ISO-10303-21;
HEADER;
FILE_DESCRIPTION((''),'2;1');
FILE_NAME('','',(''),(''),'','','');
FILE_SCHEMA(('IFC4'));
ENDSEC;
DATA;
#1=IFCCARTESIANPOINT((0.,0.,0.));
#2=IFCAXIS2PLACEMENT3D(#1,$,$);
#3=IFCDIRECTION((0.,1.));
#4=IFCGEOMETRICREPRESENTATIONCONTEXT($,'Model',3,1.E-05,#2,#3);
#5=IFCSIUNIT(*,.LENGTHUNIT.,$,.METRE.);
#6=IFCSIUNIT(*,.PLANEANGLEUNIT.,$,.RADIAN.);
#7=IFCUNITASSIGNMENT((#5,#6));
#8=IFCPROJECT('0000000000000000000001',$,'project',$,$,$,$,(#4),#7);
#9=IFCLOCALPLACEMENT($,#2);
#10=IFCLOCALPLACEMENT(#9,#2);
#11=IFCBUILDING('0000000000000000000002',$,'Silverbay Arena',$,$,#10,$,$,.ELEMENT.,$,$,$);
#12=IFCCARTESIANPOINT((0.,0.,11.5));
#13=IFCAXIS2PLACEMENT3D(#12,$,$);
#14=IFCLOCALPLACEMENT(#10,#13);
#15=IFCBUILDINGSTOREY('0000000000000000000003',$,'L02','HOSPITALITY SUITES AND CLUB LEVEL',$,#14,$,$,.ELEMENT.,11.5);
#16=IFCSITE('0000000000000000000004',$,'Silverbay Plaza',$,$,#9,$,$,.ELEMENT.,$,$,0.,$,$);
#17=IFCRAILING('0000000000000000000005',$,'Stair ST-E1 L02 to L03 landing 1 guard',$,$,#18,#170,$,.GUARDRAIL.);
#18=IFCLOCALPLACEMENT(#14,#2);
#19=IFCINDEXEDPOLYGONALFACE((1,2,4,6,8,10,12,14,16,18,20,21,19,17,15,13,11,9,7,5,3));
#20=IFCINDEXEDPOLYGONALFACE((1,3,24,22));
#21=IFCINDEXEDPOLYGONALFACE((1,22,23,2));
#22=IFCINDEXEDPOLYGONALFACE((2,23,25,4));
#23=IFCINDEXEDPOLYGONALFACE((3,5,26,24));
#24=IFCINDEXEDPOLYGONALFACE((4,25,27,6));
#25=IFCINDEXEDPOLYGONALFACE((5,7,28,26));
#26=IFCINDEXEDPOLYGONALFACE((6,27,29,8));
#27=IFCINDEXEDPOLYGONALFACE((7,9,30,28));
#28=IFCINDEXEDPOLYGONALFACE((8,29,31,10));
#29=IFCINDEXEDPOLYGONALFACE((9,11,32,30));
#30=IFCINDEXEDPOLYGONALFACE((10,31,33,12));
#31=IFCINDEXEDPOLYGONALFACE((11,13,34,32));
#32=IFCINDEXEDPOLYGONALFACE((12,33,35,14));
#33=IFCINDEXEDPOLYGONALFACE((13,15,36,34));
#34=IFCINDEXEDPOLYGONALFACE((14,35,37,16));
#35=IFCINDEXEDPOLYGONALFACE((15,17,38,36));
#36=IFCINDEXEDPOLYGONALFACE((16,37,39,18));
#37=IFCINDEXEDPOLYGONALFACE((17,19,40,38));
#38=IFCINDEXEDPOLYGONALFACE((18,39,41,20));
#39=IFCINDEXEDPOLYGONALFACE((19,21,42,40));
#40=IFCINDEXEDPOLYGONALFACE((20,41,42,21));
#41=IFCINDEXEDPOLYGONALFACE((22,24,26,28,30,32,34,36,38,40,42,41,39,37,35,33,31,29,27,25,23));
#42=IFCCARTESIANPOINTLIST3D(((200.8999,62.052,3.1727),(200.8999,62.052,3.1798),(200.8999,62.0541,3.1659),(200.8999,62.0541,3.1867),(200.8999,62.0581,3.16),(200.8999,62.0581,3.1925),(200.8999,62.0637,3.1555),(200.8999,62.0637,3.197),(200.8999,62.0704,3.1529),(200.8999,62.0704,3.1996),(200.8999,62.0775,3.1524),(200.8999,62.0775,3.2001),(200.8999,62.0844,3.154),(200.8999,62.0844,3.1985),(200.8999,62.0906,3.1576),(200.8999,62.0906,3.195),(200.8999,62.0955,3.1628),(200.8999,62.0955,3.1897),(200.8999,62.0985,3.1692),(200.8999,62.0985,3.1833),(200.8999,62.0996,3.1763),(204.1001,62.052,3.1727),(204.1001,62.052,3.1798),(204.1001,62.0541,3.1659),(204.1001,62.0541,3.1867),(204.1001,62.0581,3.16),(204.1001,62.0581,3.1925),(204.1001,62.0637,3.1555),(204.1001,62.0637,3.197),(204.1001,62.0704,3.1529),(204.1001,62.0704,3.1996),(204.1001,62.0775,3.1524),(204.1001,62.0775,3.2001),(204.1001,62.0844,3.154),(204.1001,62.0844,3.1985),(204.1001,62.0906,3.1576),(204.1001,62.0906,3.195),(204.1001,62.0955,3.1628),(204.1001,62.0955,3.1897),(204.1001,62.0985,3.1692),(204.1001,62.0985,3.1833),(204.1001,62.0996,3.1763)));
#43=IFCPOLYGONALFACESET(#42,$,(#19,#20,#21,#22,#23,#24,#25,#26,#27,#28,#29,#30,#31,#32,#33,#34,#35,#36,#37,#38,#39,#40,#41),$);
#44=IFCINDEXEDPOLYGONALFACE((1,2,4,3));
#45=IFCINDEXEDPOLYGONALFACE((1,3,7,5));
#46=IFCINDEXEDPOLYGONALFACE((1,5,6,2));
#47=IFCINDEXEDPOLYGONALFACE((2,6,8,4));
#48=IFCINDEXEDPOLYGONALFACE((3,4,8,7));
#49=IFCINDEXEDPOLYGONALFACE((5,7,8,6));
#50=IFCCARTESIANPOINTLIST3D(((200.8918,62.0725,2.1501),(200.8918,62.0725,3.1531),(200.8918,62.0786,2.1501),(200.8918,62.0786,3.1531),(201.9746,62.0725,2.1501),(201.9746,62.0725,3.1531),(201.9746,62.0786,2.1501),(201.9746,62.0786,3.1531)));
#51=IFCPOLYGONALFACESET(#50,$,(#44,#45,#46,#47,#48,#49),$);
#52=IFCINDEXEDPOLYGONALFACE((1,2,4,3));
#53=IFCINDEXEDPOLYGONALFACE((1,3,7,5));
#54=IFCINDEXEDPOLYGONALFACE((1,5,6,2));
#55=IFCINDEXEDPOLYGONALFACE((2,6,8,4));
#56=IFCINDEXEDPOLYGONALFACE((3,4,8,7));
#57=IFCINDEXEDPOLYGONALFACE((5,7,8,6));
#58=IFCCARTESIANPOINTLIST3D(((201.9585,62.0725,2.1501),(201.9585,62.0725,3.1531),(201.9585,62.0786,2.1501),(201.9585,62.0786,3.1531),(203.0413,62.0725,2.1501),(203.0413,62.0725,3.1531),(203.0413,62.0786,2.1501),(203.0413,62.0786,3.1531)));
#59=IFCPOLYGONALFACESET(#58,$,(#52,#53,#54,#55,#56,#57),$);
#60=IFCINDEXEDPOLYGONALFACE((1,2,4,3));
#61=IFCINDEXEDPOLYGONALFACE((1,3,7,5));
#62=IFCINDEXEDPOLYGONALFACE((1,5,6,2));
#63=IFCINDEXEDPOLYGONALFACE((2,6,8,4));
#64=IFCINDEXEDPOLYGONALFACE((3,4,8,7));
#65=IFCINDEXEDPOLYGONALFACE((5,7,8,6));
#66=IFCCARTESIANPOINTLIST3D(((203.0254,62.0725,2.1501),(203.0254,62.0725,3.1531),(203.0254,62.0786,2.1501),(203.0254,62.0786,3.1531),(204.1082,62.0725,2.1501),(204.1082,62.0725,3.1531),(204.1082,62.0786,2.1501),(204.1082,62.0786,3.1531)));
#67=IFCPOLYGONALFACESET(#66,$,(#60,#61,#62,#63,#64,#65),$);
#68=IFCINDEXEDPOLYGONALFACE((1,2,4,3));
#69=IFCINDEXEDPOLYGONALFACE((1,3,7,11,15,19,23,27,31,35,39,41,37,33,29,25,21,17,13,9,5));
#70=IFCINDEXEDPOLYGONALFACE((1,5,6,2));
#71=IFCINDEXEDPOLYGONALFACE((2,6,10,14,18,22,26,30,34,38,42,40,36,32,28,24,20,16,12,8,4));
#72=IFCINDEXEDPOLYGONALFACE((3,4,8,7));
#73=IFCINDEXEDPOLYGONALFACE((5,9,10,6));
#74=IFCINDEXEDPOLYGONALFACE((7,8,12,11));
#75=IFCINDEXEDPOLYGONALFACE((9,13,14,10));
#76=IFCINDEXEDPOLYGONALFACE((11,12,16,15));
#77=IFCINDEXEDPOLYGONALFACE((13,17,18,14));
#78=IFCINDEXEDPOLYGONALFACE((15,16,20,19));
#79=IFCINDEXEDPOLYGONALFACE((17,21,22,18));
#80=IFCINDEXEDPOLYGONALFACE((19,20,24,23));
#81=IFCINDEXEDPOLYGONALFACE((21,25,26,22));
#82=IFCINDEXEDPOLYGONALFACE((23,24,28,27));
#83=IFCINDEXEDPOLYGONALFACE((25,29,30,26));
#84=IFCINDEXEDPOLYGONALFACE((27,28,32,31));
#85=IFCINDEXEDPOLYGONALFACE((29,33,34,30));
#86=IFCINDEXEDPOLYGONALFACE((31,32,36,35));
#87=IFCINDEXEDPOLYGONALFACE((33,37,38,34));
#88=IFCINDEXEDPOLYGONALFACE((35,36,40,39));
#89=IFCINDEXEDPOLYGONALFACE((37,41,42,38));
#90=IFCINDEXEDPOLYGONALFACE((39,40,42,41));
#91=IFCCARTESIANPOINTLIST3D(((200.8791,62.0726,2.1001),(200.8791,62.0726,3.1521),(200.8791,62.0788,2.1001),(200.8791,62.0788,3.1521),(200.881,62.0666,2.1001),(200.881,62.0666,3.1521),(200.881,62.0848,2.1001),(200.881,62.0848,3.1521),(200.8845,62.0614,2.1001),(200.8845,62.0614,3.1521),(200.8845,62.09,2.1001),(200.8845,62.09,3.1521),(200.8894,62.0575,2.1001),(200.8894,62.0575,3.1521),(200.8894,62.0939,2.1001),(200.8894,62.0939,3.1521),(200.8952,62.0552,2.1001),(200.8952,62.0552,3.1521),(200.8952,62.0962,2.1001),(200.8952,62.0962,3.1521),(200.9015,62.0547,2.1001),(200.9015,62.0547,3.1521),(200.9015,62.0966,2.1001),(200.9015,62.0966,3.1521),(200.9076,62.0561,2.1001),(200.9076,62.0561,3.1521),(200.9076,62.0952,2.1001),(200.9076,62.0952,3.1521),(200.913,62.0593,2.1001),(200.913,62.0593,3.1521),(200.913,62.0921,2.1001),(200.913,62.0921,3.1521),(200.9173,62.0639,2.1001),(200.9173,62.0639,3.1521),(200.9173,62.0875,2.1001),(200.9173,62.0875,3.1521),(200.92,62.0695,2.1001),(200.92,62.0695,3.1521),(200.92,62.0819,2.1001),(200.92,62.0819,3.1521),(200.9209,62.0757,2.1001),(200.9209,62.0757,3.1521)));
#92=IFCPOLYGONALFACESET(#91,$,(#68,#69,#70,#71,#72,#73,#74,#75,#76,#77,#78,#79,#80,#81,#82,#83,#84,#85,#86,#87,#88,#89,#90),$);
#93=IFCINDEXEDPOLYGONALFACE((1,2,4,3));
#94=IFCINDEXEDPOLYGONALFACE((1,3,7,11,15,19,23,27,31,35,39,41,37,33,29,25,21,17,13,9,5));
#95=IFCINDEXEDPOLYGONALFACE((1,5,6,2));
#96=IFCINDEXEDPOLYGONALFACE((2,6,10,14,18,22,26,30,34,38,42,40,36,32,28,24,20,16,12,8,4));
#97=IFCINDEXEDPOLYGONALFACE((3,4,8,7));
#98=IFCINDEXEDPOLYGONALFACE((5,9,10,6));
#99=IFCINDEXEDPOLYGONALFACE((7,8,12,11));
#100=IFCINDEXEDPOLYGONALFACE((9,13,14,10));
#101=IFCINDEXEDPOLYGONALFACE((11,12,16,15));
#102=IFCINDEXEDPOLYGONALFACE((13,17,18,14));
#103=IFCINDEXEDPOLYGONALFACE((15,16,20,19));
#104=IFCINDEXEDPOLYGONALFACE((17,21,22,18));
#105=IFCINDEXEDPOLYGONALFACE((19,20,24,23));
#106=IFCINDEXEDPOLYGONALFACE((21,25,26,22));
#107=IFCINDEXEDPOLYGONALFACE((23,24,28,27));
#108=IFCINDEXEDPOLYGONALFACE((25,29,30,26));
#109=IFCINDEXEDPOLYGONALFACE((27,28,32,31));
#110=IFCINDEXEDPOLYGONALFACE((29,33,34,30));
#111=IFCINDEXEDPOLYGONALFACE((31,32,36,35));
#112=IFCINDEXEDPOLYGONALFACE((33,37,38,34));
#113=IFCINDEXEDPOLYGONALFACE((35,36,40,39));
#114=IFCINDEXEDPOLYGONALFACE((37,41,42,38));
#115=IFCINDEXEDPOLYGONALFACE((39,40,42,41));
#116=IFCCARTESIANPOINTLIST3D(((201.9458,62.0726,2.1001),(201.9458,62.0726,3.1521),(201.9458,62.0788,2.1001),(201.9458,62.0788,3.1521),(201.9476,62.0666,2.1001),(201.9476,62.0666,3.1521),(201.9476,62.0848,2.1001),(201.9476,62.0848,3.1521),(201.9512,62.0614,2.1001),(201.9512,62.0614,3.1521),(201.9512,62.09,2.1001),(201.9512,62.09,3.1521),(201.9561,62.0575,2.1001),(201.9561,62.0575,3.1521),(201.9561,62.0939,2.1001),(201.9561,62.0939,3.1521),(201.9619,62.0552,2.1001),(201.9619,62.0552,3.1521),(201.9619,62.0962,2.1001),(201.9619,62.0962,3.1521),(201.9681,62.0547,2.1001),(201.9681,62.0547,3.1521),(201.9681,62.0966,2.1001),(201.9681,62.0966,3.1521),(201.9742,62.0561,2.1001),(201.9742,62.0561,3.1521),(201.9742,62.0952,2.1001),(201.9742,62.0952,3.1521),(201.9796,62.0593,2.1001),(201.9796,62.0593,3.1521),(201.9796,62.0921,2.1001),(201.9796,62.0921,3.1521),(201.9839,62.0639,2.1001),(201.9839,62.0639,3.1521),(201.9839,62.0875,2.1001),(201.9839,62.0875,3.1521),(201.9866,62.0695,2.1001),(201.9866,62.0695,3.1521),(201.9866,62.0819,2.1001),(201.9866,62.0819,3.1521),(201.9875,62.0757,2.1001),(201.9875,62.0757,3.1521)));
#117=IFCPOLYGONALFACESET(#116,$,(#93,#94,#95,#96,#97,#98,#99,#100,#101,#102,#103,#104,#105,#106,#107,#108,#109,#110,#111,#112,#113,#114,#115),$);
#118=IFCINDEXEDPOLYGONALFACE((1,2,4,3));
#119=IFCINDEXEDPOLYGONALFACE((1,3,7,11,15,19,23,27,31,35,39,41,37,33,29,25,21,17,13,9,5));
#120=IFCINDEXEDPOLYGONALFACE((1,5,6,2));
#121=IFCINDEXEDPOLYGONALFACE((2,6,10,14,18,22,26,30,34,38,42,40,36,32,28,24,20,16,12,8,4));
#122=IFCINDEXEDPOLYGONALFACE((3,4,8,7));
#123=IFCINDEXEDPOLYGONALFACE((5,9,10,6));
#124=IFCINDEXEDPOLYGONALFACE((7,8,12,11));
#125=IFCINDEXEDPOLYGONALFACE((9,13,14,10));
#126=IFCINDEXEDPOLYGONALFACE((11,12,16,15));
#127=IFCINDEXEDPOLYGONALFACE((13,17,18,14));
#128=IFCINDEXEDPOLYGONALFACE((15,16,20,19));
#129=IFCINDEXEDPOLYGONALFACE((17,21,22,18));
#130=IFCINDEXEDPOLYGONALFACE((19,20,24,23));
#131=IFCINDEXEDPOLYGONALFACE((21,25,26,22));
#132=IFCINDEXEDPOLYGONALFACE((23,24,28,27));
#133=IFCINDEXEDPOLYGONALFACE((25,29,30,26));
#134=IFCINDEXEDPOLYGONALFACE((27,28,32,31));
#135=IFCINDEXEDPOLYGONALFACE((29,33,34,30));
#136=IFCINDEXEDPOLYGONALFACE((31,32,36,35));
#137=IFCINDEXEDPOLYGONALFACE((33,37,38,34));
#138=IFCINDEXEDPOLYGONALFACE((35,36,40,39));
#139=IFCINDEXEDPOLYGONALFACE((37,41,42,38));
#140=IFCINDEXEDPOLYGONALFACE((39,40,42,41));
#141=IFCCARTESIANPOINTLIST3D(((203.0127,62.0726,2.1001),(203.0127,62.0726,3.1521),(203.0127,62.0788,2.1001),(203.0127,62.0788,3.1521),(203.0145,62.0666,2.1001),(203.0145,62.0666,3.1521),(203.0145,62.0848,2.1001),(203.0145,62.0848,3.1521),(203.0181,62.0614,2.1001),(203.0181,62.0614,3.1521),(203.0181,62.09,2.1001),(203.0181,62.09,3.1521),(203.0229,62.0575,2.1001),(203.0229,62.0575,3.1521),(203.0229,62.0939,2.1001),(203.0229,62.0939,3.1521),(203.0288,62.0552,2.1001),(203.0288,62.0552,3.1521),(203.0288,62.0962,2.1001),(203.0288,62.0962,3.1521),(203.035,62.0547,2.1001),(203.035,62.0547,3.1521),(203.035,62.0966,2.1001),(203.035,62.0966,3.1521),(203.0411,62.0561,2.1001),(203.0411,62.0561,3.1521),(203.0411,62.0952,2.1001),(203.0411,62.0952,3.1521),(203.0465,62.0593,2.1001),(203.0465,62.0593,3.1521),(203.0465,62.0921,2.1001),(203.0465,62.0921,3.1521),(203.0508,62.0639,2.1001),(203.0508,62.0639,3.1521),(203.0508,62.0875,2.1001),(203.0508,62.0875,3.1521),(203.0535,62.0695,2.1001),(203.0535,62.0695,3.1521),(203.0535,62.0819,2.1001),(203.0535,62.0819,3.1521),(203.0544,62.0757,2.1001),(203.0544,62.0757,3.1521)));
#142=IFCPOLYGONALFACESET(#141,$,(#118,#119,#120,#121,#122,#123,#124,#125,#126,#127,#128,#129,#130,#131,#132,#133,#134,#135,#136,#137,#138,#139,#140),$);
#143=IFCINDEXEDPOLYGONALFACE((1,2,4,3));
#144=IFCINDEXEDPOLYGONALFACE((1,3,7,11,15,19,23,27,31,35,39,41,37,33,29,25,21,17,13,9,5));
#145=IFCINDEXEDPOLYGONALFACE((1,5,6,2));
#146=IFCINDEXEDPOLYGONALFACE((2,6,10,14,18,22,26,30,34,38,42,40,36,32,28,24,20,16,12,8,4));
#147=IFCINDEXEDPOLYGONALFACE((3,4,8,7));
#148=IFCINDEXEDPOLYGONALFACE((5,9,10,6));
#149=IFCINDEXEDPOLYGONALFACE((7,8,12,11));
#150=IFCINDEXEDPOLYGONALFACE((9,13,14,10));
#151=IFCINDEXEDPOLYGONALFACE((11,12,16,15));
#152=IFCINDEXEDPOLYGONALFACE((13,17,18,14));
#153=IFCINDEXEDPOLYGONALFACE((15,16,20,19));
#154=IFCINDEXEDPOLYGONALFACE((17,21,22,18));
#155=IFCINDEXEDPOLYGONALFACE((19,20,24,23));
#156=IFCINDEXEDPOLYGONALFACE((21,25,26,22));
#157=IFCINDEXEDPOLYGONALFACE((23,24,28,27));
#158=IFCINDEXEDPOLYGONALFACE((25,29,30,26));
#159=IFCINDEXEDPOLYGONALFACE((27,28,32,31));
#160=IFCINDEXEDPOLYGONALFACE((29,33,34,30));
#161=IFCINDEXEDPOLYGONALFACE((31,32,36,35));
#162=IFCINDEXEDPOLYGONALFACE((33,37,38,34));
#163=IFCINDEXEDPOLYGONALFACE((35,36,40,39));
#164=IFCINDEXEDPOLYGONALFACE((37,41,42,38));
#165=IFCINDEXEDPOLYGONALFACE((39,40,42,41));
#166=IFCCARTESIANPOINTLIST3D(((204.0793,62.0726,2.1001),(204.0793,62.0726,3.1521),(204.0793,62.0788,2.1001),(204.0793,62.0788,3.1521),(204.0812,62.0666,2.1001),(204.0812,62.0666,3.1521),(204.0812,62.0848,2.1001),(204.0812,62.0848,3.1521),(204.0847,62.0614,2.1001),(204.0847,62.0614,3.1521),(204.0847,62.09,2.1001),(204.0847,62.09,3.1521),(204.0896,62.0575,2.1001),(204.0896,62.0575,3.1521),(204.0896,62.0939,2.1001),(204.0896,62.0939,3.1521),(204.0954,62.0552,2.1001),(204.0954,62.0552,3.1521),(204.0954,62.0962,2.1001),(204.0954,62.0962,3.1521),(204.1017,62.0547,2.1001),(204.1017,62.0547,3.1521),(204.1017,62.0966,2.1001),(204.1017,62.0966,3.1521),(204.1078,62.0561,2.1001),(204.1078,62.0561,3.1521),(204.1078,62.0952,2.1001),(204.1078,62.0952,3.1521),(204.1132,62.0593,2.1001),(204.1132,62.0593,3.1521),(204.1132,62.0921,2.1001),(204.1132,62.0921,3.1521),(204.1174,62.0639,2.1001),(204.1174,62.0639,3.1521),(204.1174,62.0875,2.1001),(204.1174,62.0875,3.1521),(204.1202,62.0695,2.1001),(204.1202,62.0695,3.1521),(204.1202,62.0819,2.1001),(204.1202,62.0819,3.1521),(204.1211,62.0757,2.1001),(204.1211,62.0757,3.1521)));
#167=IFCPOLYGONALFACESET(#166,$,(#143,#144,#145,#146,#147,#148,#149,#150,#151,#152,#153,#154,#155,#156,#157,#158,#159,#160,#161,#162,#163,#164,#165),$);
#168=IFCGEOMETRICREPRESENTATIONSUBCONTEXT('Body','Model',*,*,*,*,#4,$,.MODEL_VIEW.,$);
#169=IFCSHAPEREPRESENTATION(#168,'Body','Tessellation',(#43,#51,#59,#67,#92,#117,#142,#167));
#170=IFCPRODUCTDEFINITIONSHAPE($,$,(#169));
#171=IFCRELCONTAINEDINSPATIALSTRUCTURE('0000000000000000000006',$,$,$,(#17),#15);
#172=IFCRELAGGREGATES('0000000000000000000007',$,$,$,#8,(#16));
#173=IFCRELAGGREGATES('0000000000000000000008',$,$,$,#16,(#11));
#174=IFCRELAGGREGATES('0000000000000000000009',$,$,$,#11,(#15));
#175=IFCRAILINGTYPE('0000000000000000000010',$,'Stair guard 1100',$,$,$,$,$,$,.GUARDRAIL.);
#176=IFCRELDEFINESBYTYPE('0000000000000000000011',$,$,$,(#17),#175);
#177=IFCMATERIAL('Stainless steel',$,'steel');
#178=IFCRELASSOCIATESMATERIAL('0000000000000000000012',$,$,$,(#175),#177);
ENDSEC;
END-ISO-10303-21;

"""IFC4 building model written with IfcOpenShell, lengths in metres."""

from ifc_helpers import new_model, si_unit, direction, frame, origin, origin_2d, place, context, subcontext, project, spatial, polyline, circle, outline, extrude, material, type_object, element, save


model = new_model("IFC4")

# Units and contexts
model_context = context("Model", 3, precision=1e-05, world=origin(), true_north=direction((0.0, 1.0)))
body_context = subcontext(model_context, "Body", "Model", "MODEL_VIEW")
ifc_project = project(units=[si_unit("LENGTHUNIT", "METRE"), si_unit("PLANEANGLEUNIT", "RADIAN")], contexts=[model_context])

# Site, building, storey
site_placement = place(None, origin())
site = spatial("IfcSite", under=ifc_project, at=site_placement, Name="Silverbay Plaza", CompositionType="ELEMENT", RefElevation=0.0)
building_placement = place(site_placement, origin())
building = spatial("IfcBuilding", under=site, at=building_placement, Name="Silverbay Arena", CompositionType="ELEMENT")
storey_placement = place(building_placement, frame((0.0, 0.0, 11.5)))
storey = spatial("IfcBuildingStorey", under=building, at=storey_placement, Name="L02", Description="HOSPITALITY SUITES AND CLUB LEVEL", CompositionType="ELEMENT", Elevation=11.5)

# Railing
ifc_material_1 = material(Name="Stainless steel", Category="steel")
railing_type_1 = type_object("IfcRailingType", Name="Stair guard 1100", PredefinedType="GUARDRAIL", material=ifc_material_1)
for number, where, name in (
    (1, (200.8999, 62.0757, 2.1001), "Stair ST-E1 L02 to L03 landing 1 guard"),
):
    element("IfcRailing", number, at=place(storey_placement, frame(where)), inside=storey, type_object=railing_type_1, Name=name, PredefinedType="GUARDRAIL", context=body_context, shape_type="SweptSolid", body=[
        extrude(circle(Radius=0.0239, at=origin_2d()), frame((0.0, 0.0, 1.0762), z_axis=(1.0, 0.0, 0.0), x_axis=(0.0, 1.0, 0.0)), (0.0, 0.0, 1.0), 3.2002),
        extrude(outline(polyline([(-0.0081, 0.05), (1.0747, 0.05), (1.0747, 1.053), (-0.0081, 1.053), (-0.0081, 0.05)])), frame((0.0, 0.0029, 0.0), z_axis=(0.0, -1.0, 0.0), x_axis=(1.0, 0.0, 0.0)), (0.0, 0.0, 1.0), 0.0061),
        extrude(outline(polyline([(-0.0081, 0.05), (1.0747, 0.05), (1.0747, 1.053), (-0.0081, 1.053), (-0.0081, 0.05)])), frame((1.0667, 0.0029, 0.0), z_axis=(0.0, -1.0, 0.0), x_axis=(1.0, 0.0, 0.0)), (0.0, 0.0, 1.0), 0.0061),
        extrude(outline(polyline([(-0.0081, 0.05), (1.0747, 0.05), (1.0747, 1.053), (-0.0081, 1.053), (-0.0081, 0.05)])), frame((2.1335, 0.0029, 0.0), z_axis=(0.0, -1.0, 0.0), x_axis=(1.0, 0.0, 0.0)), (0.0, 0.0, 1.0), 0.0061),
        extrude(circle(Radius=0.021, at=origin_2d()), origin(), (0.0, 0.0, 1.0), 1.052),
        extrude(circle(Radius=0.021, at=origin_2d()), frame((1.0667, 0.0, 0.0)), (0.0, 0.0, 1.0), 1.052),
        extrude(circle(Radius=0.021, at=origin_2d()), frame((2.1335, 0.0, 0.0)), (0.0, 0.0, 1.0), 1.052),
        extrude(circle(Radius=0.021, at=origin_2d()), frame((3.2002, 0.0, 0.0)), (0.0, 0.0, 1.0), 1.052),
    ])

save(model, "model.ifc")
